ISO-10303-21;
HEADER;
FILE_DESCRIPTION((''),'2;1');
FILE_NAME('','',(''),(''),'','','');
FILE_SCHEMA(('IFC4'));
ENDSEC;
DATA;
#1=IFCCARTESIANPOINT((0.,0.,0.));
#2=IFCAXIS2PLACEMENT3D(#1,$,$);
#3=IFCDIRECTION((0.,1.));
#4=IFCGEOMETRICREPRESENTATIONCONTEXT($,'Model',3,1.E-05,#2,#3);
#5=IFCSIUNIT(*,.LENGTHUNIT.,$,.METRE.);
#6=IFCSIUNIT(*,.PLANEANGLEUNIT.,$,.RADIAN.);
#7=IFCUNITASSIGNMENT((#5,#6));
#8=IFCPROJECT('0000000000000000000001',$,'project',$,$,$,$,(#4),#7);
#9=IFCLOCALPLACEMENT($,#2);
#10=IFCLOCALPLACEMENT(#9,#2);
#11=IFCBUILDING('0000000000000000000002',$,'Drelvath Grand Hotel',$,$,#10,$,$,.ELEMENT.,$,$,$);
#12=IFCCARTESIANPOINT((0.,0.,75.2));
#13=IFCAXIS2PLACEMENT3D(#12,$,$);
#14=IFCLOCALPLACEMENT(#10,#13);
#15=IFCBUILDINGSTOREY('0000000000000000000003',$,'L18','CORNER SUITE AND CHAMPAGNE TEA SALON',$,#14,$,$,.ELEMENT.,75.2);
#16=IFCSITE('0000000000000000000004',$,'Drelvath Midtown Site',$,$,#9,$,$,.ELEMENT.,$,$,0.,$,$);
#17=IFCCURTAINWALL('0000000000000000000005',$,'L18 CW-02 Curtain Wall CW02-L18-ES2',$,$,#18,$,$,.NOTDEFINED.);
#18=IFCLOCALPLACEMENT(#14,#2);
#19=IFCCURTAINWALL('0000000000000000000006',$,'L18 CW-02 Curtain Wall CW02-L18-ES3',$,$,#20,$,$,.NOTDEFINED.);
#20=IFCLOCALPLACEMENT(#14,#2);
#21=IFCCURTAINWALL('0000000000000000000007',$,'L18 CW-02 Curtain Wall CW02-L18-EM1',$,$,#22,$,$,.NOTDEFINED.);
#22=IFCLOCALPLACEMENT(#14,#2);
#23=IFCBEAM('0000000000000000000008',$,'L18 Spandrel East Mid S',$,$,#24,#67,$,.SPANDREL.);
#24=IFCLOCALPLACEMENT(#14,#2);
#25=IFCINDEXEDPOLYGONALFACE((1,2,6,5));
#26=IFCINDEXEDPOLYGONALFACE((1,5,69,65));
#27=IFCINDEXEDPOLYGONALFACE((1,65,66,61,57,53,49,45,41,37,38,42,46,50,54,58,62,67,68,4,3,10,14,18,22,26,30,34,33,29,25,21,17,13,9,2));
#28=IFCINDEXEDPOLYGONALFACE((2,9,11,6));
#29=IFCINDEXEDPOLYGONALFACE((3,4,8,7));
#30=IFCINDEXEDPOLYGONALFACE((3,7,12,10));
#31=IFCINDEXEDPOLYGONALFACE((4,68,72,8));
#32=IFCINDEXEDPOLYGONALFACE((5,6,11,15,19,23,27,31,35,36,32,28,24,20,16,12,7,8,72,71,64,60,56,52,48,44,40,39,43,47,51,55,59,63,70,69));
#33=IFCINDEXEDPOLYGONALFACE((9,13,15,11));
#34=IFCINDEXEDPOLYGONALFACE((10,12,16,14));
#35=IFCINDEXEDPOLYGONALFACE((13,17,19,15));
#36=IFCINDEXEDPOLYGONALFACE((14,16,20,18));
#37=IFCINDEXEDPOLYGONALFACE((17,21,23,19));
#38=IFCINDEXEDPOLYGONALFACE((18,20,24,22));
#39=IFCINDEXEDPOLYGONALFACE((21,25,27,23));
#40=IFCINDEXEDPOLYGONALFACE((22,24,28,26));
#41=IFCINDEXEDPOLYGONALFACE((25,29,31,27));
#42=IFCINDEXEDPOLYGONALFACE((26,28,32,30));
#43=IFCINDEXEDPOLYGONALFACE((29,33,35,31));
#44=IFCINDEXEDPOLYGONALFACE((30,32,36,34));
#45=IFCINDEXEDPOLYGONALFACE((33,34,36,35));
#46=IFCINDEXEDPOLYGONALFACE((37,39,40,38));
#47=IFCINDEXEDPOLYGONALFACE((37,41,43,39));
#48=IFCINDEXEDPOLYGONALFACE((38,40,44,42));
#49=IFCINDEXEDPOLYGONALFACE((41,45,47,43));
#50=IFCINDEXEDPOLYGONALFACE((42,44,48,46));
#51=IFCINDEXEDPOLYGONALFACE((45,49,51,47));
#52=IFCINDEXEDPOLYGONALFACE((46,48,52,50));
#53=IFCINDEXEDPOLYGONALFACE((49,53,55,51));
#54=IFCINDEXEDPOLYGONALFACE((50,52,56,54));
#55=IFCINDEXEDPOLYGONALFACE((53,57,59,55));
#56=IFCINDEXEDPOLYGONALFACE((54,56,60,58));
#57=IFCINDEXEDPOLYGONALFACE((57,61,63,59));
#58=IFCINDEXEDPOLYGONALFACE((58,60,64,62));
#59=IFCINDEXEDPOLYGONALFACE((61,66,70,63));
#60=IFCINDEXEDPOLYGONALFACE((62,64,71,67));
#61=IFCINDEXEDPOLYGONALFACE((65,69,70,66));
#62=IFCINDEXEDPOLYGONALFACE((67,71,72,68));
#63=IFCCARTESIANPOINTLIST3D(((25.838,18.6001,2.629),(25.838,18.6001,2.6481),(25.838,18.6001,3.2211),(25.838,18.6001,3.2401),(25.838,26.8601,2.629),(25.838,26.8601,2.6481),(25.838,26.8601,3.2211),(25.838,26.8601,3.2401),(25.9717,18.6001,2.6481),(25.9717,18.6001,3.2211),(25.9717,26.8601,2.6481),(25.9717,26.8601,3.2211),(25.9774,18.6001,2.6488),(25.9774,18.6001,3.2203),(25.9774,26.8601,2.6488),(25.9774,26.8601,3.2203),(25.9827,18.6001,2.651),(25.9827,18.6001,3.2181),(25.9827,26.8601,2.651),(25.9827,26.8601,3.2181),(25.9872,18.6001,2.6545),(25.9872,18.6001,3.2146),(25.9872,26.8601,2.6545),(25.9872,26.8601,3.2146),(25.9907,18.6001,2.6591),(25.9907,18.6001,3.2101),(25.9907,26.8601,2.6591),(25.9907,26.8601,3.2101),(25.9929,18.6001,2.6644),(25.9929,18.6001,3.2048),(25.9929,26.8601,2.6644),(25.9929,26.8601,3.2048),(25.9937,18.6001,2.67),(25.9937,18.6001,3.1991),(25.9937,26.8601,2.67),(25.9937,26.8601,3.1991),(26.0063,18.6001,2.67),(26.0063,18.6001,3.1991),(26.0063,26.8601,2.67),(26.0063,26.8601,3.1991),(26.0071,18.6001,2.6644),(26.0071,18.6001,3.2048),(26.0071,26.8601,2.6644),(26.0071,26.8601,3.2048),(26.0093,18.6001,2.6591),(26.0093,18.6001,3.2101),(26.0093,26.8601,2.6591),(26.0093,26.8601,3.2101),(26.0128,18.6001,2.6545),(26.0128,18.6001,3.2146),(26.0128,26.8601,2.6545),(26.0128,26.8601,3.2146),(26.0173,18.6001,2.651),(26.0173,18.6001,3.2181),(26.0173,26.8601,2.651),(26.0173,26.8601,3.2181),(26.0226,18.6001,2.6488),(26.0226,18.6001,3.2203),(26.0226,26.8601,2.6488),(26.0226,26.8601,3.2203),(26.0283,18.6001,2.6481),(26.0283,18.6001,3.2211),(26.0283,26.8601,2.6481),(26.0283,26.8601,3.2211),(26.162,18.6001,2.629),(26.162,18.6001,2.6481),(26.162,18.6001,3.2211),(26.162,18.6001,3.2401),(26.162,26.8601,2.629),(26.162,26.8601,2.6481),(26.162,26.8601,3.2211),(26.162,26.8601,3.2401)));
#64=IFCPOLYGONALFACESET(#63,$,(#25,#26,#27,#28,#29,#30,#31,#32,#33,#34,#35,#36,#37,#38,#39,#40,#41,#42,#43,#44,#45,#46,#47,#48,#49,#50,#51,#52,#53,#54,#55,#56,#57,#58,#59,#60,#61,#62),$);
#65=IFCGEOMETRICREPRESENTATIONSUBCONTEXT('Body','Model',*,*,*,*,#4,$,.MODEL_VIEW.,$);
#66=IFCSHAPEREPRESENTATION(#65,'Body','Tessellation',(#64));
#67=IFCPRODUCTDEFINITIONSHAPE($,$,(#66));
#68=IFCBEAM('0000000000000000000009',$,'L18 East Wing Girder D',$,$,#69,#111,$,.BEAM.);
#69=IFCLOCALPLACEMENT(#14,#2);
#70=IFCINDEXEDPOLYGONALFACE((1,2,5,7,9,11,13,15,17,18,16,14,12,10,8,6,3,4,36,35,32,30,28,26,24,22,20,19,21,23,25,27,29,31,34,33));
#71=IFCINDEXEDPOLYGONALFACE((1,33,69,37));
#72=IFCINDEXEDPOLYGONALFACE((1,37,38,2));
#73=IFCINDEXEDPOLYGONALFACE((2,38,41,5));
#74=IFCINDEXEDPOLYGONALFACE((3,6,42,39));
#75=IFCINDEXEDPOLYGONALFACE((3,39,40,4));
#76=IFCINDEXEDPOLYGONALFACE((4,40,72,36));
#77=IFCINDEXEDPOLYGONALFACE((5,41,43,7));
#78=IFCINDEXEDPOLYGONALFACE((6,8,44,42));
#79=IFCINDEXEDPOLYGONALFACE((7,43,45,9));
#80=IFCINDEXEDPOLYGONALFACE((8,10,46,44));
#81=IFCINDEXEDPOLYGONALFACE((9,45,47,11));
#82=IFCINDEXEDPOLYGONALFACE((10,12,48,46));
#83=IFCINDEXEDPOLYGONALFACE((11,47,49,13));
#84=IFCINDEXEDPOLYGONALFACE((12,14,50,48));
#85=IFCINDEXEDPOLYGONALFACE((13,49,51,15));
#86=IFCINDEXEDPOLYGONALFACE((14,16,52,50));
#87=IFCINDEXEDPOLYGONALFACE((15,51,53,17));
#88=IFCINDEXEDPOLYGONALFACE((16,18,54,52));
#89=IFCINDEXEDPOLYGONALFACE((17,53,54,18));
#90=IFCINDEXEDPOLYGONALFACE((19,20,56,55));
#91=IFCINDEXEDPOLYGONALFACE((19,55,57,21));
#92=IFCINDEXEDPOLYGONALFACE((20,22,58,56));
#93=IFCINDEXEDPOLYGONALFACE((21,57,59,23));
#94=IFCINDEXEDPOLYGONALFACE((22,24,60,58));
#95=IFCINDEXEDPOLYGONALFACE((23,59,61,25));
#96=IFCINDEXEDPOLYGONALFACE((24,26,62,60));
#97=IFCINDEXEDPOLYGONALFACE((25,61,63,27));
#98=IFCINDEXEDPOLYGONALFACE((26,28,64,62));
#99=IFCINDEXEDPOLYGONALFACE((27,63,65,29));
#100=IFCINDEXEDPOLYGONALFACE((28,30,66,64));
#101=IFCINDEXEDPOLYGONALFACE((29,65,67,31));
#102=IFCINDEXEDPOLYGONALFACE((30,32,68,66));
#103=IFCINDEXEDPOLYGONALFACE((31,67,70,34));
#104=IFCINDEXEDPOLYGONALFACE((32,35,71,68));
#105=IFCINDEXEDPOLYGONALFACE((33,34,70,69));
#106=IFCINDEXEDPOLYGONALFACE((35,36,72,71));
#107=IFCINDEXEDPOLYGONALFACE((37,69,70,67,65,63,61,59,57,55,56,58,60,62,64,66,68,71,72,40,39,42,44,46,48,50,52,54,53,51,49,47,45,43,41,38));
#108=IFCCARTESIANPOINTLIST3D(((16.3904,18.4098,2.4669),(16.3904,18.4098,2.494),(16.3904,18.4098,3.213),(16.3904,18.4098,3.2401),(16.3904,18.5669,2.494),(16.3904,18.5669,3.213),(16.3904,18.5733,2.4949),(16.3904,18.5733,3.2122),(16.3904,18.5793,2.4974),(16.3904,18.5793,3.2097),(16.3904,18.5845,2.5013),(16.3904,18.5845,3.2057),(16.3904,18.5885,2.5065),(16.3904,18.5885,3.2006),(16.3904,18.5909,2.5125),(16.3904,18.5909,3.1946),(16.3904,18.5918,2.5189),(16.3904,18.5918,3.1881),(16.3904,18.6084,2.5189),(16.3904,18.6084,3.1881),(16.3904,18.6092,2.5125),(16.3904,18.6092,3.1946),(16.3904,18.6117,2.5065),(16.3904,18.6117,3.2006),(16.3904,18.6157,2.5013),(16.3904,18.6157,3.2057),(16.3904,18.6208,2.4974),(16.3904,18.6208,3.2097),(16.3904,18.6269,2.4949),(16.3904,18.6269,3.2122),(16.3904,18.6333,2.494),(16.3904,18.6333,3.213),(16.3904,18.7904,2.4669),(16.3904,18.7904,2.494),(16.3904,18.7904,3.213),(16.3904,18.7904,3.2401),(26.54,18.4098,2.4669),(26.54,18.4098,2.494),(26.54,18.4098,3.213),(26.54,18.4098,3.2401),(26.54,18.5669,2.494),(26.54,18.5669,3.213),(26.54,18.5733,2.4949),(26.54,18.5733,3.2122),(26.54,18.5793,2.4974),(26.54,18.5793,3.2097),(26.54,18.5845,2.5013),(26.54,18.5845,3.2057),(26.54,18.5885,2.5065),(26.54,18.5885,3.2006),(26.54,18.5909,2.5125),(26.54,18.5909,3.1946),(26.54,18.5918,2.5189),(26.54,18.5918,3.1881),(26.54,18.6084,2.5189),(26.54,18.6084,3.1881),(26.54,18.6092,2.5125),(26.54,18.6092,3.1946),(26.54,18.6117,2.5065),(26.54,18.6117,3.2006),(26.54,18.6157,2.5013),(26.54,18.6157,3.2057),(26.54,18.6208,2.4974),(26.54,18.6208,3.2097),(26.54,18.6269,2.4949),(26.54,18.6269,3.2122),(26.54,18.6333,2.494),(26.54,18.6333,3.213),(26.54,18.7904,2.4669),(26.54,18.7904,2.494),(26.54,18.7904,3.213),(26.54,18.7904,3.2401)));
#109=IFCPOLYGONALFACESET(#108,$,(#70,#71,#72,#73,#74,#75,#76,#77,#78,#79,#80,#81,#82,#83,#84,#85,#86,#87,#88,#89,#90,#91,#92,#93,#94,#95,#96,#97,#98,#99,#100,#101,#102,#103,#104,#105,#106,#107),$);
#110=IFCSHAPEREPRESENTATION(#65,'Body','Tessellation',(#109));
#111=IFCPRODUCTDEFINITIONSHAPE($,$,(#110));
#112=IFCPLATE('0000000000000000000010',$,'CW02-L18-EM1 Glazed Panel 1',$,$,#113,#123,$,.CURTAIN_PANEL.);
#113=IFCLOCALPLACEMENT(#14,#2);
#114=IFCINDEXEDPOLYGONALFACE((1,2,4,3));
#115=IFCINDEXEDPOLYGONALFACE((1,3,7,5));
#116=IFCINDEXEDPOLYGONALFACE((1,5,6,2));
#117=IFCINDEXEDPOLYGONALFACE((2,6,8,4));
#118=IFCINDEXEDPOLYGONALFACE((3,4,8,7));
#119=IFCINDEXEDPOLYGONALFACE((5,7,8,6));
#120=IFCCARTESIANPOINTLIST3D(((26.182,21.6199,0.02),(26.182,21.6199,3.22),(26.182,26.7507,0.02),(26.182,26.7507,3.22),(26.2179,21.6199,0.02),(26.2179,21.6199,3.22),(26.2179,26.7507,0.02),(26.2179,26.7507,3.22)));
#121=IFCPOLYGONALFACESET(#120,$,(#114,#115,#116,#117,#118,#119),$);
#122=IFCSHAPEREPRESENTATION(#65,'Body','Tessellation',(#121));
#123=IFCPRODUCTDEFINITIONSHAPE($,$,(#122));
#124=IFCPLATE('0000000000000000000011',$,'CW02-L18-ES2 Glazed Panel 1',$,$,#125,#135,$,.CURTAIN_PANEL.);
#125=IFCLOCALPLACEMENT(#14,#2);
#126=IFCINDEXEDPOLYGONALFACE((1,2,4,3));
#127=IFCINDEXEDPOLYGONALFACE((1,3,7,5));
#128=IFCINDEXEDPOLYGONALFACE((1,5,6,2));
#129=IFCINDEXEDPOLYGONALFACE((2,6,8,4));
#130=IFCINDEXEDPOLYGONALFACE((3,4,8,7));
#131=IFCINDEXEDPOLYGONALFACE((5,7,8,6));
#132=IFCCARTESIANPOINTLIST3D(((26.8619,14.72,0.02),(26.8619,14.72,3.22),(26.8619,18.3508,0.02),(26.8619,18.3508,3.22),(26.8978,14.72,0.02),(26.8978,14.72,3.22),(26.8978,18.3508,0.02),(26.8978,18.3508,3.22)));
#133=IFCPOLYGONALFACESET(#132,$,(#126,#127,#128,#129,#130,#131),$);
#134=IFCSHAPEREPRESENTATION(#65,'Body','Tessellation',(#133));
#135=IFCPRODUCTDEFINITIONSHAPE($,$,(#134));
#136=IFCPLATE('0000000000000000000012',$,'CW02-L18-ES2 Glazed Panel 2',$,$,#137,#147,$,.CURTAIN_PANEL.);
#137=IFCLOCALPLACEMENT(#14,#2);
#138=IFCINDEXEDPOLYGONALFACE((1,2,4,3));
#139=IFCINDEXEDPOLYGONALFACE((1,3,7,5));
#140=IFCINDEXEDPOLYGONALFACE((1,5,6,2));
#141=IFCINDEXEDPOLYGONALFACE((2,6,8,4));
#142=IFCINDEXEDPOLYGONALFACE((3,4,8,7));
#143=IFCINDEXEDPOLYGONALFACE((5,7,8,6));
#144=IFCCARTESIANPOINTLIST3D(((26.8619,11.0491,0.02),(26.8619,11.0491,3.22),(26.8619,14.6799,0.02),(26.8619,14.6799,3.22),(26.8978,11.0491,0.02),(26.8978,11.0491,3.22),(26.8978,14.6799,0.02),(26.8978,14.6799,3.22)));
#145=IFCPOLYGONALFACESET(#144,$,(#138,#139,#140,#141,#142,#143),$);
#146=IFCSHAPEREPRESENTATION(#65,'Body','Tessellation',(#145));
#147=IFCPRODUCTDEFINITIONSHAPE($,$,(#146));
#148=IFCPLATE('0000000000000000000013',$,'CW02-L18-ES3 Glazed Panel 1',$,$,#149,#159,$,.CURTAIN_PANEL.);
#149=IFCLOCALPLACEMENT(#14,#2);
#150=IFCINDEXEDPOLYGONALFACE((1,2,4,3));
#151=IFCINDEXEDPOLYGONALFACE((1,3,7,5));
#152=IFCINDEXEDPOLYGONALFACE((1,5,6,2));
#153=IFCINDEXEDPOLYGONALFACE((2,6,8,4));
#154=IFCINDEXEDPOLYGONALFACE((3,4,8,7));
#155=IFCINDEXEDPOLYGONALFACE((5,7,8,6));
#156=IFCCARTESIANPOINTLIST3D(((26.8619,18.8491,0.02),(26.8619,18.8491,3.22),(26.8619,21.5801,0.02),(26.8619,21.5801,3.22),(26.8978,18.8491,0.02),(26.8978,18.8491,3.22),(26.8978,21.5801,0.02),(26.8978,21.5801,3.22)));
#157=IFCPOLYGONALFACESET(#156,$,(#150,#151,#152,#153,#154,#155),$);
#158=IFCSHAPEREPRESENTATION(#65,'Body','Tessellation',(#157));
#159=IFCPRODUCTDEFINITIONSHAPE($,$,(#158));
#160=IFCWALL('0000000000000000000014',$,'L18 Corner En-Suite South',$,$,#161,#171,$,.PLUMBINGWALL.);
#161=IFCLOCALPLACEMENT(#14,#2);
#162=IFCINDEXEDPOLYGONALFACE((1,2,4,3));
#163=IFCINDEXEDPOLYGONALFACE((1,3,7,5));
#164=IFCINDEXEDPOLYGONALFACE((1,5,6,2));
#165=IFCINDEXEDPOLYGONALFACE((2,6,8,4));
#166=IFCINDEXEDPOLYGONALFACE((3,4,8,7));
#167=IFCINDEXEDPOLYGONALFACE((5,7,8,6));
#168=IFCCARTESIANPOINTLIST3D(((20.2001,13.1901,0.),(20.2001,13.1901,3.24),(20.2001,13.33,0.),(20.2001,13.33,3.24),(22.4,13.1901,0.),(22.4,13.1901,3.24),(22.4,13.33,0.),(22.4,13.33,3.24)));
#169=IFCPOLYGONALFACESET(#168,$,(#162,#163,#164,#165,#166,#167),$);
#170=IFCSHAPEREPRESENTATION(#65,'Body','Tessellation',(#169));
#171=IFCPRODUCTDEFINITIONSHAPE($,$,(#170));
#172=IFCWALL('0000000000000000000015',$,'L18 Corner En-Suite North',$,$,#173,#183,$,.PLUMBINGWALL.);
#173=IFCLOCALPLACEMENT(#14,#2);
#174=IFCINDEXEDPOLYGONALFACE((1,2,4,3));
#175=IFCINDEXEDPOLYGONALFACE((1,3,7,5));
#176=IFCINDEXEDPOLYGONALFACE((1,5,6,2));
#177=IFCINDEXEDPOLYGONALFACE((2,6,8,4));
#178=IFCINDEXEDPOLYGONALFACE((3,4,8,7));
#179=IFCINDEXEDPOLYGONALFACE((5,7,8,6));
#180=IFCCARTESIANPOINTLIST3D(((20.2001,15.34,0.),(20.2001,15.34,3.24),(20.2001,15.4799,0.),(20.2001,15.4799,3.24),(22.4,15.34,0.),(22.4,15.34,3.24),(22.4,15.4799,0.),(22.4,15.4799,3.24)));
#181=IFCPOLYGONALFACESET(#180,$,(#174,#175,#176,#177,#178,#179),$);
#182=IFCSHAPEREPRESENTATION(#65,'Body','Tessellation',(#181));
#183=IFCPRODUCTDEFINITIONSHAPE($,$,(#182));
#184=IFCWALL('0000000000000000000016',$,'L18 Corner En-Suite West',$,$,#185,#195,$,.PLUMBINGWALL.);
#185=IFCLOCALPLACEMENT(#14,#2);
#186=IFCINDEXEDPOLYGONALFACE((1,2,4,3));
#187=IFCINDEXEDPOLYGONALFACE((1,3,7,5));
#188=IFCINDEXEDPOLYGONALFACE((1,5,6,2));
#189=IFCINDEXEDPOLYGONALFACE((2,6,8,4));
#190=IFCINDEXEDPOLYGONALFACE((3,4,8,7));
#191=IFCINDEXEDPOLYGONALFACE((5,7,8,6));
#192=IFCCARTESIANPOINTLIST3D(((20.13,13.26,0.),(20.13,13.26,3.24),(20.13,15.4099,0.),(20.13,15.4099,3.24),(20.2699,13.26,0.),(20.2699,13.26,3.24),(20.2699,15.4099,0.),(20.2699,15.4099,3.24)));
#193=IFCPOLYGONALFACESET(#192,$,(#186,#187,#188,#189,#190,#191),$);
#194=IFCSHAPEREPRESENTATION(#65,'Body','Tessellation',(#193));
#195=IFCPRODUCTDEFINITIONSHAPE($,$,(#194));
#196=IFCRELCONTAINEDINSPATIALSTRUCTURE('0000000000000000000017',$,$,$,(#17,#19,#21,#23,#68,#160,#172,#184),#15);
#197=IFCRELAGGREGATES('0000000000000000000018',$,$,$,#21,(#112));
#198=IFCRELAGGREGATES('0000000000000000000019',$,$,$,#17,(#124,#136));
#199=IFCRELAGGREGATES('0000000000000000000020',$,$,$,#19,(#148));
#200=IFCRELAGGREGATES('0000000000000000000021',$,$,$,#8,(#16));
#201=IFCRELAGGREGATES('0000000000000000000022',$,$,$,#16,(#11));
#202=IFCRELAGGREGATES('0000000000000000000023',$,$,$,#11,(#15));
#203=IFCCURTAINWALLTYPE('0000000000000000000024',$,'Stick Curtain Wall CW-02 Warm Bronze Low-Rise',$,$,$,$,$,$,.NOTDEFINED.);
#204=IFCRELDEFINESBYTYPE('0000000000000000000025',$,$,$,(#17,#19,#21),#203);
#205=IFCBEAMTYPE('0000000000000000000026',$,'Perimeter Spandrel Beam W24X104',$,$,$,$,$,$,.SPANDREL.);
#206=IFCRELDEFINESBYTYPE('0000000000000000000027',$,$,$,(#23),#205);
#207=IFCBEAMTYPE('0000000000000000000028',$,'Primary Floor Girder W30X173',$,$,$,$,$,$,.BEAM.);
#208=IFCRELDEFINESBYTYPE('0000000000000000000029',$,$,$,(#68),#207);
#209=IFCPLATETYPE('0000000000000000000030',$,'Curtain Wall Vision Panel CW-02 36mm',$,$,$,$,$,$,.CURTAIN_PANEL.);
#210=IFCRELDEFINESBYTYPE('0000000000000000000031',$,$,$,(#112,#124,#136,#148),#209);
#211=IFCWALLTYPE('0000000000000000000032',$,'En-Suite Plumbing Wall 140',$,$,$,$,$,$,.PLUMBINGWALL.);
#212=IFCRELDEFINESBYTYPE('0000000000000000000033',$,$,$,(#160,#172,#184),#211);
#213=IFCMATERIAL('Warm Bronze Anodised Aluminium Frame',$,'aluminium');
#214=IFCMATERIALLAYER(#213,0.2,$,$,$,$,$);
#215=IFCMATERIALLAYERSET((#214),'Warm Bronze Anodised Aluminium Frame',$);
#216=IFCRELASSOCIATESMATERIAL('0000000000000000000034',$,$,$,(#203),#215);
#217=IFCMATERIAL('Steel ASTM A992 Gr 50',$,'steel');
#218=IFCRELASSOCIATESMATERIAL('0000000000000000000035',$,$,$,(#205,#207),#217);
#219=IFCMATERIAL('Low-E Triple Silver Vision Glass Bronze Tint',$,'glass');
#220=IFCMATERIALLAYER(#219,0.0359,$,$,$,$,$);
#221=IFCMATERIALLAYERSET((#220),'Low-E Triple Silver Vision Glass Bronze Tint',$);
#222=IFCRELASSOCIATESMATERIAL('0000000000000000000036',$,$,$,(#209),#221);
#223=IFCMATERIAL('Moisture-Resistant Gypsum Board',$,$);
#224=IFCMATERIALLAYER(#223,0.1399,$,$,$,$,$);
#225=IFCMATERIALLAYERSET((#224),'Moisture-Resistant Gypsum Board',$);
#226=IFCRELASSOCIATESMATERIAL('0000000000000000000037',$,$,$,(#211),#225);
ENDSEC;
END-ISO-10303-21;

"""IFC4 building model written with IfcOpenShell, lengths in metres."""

from ifc_helpers import new_model, si_unit, direction, frame, frame_2d, origin, origin_2d, place, context, subcontext, project, spatial, rectangle, i_section, extrude, material, layer, layer_set, material_profile, profile_set, type_object, element, aggregate, save


model = new_model("IFC4")

# Units and contexts
model_context = context("Model", 3, precision=1e-05, world=origin(), true_north=direction((0.0, 1.0)))
body_context = subcontext(model_context, "Body", "Model", "MODEL_VIEW")
ifc_project = project(units=[si_unit("LENGTHUNIT", "METRE"), si_unit("PLANEANGLEUNIT", "RADIAN")], contexts=[model_context])

# Site, building, storey
site_placement = place(None, origin())
site = spatial("IfcSite", under=ifc_project, at=site_placement, Name="Drelvath Midtown Site", CompositionType="ELEMENT", RefElevation=0.0)
building_placement = place(site_placement, origin())
building = spatial("IfcBuilding", under=site, at=building_placement, Name="Drelvath Grand Hotel", CompositionType="ELEMENT")
storey_placement = place(building_placement, frame((0.0, 0.0, 75.2)))
storey = spatial("IfcBuildingStorey", under=building, at=storey_placement, Name="L18", Description="CORNER SUITE AND CHAMPAGNE TEA SALON", CompositionType="ELEMENT", Elevation=75.2)

# Curtain walls
ifc_material_1 = material(Name="Warm Bronze Anodised Aluminium Frame", Category="aluminium")
ifc_layer_1 = layer(ifc_material_1, 0.2)
ifc_layer_set_1 = layer_set([ifc_layer_1], Name="Warm Bronze Anodised Aluminium Frame")
curtain_wall_type = type_object("IfcCurtainWallType", Name="Stick Curtain Wall CW-02 Warm Bronze Low-Rise", PredefinedType="NOTDEFINED", material=ifc_layer_set_1)
curtain_wall_1_placement = place(storey_placement, origin())
curtain_wall_1 = element("IfcCurtainWall", 1, at=curtain_wall_1_placement, inside=storey, type_object=curtain_wall_type, Name="L18 CW-02 Curtain Wall CW02-L18-ES2", PredefinedType="NOTDEFINED")
curtain_wall_2_placement = place(storey_placement, origin())
curtain_wall_2 = element("IfcCurtainWall", 2, at=curtain_wall_2_placement, inside=storey, type_object=curtain_wall_type, Name="L18 CW-02 Curtain Wall CW02-L18-ES3", PredefinedType="NOTDEFINED")
curtain_wall_3_placement = place(storey_placement, origin())
curtain_wall_3 = element("IfcCurtainWall", 3, at=curtain_wall_3_placement, inside=storey, type_object=curtain_wall_type, Name="L18 CW-02 Curtain Wall CW02-L18-EM1", PredefinedType="NOTDEFINED")

# Beams
ifc_material_2 = material(Name="Steel ASTM A992 Gr 50", Category="steel")
ifc_material_profile_1 = material_profile(ifc_material_2, i_section(OverallWidth=0.324, OverallDepth=0.6111, WebThickness=0.0127, FlangeThickness=0.019, FilletRadius=0.022, at=origin_2d()), Name="W24X104")
ifc_profile_set_1 = profile_set([ifc_material_profile_1], Name="Steel ASTM A992 Gr 50")
beam_type_1 = type_object("IfcBeamType", Name="Perimeter Spandrel Beam W24X104", PredefinedType="SPANDREL", material=ifc_profile_set_1)
beam_1_placement = place(storey_placement, frame((26.0, 18.6001, 2.9346), z_axis=(0.0, 1.0, 0.0), x_axis=(-1.0, 0.0, 0.0)))
element("IfcBeam", 4, at=beam_1_placement, inside=storey, type_object=beam_type_1, Name="L18 Spandrel East Mid S", PredefinedType="SPANDREL", context=body_context, shape_type="SweptSolid", body=[
    extrude(i_section(OverallWidth=0.324, OverallDepth=0.6111, WebThickness=0.0127, FlangeThickness=0.019, FilletRadius=0.022, at=origin_2d()), origin(), (0.0, 0.0, 1.0), 8.26),
])
ifc_material_profile_2 = material_profile(ifc_material_2, i_section(OverallWidth=0.3806, OverallDepth=0.7732, WebThickness=0.0166, FlangeThickness=0.0271, FilletRadius=0.0249, at=origin_2d()), Name="W30X173")
ifc_profile_set_2 = profile_set([ifc_material_profile_2], Name="Steel ASTM A992 Gr 50")
beam_type_2 = type_object("IfcBeamType", Name="Primary Floor Girder W30X173", PredefinedType="BEAM", material=ifc_profile_set_2)
beam_2_placement = place(storey_placement, frame((16.3904, 18.6001, 2.8535), z_axis=(1.0, 0.0, 0.0), x_axis=(0.0, 1.0, 0.0)))
element("IfcBeam", 5, at=beam_2_placement, inside=storey, type_object=beam_type_2, Name="L18 East Wing Girder D", PredefinedType="BEAM", context=body_context, shape_type="SweptSolid", body=[
    extrude(i_section(OverallWidth=0.3806, OverallDepth=0.7732, WebThickness=0.0166, FlangeThickness=0.0271, FilletRadius=0.0249, at=origin_2d()), origin(), (0.0, 0.0, 1.0), 10.1497),
])

# Plates
ifc_material_3 = material(Name="Low-E Triple Silver Vision Glass Bronze Tint", Category="glass")
ifc_layer_2 = layer(ifc_material_3, 0.0359)
ifc_layer_set_2 = layer_set([ifc_layer_2], Name="Low-E Triple Silver Vision Glass Bronze Tint")
plate_type = type_object("IfcPlateType", Name="Curtain Wall Vision Panel CW-02 36mm", PredefinedType="CURTAIN_PANEL", material=ifc_layer_set_2)
plate_1_placement = place(storey_placement, frame((26.2, 24.1853, 0.02), z_axis=(0.0, 0.0, 1.0), x_axis=(0.0, -1.0, 0.0)))
plate_1 = element("IfcPlate", 6, at=plate_1_placement, type_object=plate_type, Name="CW02-L18-EM1 Glazed Panel 1", PredefinedType="CURTAIN_PANEL", context=body_context, shape_type="SweptSolid", body=[
    extrude(rectangle(XDim=5.1309, YDim=0.0359, at=origin_2d()), origin(), (0.0, 0.0, 1.0), 3.2),
])
aggregate(curtain_wall_3, [plate_1])
plate_2_placement = place(storey_placement, frame((26.8799, 16.5354, 0.02), z_axis=(0.0, 0.0, 1.0), x_axis=(0.0, -1.0, 0.0)))
plate_2 = element("IfcPlate", 7, at=plate_2_placement, type_object=plate_type, Name="CW02-L18-ES2 Glazed Panel 1", PredefinedType="CURTAIN_PANEL", context=body_context, shape_type="SweptSolid", body=[
    extrude(rectangle(XDim=3.6309, YDim=0.0359, at=origin_2d()), origin(), (0.0, 0.0, 1.0), 3.2),
])
plate_3_placement = place(storey_placement, frame((26.8799, 12.8645, 0.02), z_axis=(0.0, 0.0, 1.0), x_axis=(0.0, -1.0, 0.0)))
plate_3 = element("IfcPlate", 8, at=plate_3_placement, type_object=plate_type, Name="CW02-L18-ES2 Glazed Panel 2", PredefinedType="CURTAIN_PANEL", context=body_context, shape_type="SweptSolid", body=[
    extrude(rectangle(XDim=3.6309, YDim=0.0359, at=origin_2d()), origin(), (0.0, 0.0, 1.0), 3.2),
])
aggregate(curtain_wall_1, [plate_2, plate_3])
plate_4_placement = place(storey_placement, frame((26.8799, 20.2146, 0.02), z_axis=(0.0, 0.0, 1.0), x_axis=(0.0, -1.0, 0.0)))
plate_4 = element("IfcPlate", 9, at=plate_4_placement, type_object=plate_type, Name="CW02-L18-ES3 Glazed Panel 1", PredefinedType="CURTAIN_PANEL", context=body_context, shape_type="SweptSolid", body=[
    extrude(rectangle(XDim=2.731, YDim=0.0359, at=origin_2d()), origin(), (0.0, 0.0, 1.0), 3.2),
])
aggregate(curtain_wall_2, [plate_4])

# Walls
ifc_material_4 = material(Name="Moisture-Resistant Gypsum Board")
ifc_layer_3 = layer(ifc_material_4, 0.1399)
ifc_layer_set_3 = layer_set([ifc_layer_3], Name="Moisture-Resistant Gypsum Board")
wall_type_1 = type_object("IfcWallType", Name="En-Suite Plumbing Wall 140", PredefinedType="PLUMBINGWALL", material=ifc_layer_set_3)
for number, where, z_axis, x_axis, name in (
    (10, (20.2, 13.26, 0.0), (0.0, 0.0, 1.0), (1.0, 0.0, 0.0), "L18 Corner En-Suite South"),
    (11, (20.2, 15.4099, 0.0), (0.0, 0.0, 1.0), (1.0, 0.0, 0.0), "L18 Corner En-Suite North"),
):
    element("IfcWall", number, at=place(storey_placement, frame(where, z_axis=z_axis, x_axis=x_axis)), inside=storey, type_object=wall_type_1, Name=name, PredefinedType="PLUMBINGWALL", context=body_context, shape_type="SweptSolid", body=[
        extrude(rectangle(XDim=2.2, YDim=0.1399, at=frame_2d((1.1001, 0.0))), origin(), (0.0, 0.0, 1.0), 3.24),
    ])
wall_1_placement = place(storey_placement, frame((20.2, 13.26, 0.0), z_axis=(0.0, 0.0, 1.0), x_axis=(0.0, 1.0, 0.0)))
element("IfcWall", 12, at=wall_1_placement, inside=storey, type_object=wall_type_1, Name="L18 Corner En-Suite West", PredefinedType="PLUMBINGWALL", context=body_context, shape_type="SweptSolid", body=[
    extrude(rectangle(XDim=2.1499, YDim=0.1399, at=frame_2d((1.075, 0.0))), origin(), (0.0, 0.0, 1.0), 3.24),
])

save(model, "model.ifc")
